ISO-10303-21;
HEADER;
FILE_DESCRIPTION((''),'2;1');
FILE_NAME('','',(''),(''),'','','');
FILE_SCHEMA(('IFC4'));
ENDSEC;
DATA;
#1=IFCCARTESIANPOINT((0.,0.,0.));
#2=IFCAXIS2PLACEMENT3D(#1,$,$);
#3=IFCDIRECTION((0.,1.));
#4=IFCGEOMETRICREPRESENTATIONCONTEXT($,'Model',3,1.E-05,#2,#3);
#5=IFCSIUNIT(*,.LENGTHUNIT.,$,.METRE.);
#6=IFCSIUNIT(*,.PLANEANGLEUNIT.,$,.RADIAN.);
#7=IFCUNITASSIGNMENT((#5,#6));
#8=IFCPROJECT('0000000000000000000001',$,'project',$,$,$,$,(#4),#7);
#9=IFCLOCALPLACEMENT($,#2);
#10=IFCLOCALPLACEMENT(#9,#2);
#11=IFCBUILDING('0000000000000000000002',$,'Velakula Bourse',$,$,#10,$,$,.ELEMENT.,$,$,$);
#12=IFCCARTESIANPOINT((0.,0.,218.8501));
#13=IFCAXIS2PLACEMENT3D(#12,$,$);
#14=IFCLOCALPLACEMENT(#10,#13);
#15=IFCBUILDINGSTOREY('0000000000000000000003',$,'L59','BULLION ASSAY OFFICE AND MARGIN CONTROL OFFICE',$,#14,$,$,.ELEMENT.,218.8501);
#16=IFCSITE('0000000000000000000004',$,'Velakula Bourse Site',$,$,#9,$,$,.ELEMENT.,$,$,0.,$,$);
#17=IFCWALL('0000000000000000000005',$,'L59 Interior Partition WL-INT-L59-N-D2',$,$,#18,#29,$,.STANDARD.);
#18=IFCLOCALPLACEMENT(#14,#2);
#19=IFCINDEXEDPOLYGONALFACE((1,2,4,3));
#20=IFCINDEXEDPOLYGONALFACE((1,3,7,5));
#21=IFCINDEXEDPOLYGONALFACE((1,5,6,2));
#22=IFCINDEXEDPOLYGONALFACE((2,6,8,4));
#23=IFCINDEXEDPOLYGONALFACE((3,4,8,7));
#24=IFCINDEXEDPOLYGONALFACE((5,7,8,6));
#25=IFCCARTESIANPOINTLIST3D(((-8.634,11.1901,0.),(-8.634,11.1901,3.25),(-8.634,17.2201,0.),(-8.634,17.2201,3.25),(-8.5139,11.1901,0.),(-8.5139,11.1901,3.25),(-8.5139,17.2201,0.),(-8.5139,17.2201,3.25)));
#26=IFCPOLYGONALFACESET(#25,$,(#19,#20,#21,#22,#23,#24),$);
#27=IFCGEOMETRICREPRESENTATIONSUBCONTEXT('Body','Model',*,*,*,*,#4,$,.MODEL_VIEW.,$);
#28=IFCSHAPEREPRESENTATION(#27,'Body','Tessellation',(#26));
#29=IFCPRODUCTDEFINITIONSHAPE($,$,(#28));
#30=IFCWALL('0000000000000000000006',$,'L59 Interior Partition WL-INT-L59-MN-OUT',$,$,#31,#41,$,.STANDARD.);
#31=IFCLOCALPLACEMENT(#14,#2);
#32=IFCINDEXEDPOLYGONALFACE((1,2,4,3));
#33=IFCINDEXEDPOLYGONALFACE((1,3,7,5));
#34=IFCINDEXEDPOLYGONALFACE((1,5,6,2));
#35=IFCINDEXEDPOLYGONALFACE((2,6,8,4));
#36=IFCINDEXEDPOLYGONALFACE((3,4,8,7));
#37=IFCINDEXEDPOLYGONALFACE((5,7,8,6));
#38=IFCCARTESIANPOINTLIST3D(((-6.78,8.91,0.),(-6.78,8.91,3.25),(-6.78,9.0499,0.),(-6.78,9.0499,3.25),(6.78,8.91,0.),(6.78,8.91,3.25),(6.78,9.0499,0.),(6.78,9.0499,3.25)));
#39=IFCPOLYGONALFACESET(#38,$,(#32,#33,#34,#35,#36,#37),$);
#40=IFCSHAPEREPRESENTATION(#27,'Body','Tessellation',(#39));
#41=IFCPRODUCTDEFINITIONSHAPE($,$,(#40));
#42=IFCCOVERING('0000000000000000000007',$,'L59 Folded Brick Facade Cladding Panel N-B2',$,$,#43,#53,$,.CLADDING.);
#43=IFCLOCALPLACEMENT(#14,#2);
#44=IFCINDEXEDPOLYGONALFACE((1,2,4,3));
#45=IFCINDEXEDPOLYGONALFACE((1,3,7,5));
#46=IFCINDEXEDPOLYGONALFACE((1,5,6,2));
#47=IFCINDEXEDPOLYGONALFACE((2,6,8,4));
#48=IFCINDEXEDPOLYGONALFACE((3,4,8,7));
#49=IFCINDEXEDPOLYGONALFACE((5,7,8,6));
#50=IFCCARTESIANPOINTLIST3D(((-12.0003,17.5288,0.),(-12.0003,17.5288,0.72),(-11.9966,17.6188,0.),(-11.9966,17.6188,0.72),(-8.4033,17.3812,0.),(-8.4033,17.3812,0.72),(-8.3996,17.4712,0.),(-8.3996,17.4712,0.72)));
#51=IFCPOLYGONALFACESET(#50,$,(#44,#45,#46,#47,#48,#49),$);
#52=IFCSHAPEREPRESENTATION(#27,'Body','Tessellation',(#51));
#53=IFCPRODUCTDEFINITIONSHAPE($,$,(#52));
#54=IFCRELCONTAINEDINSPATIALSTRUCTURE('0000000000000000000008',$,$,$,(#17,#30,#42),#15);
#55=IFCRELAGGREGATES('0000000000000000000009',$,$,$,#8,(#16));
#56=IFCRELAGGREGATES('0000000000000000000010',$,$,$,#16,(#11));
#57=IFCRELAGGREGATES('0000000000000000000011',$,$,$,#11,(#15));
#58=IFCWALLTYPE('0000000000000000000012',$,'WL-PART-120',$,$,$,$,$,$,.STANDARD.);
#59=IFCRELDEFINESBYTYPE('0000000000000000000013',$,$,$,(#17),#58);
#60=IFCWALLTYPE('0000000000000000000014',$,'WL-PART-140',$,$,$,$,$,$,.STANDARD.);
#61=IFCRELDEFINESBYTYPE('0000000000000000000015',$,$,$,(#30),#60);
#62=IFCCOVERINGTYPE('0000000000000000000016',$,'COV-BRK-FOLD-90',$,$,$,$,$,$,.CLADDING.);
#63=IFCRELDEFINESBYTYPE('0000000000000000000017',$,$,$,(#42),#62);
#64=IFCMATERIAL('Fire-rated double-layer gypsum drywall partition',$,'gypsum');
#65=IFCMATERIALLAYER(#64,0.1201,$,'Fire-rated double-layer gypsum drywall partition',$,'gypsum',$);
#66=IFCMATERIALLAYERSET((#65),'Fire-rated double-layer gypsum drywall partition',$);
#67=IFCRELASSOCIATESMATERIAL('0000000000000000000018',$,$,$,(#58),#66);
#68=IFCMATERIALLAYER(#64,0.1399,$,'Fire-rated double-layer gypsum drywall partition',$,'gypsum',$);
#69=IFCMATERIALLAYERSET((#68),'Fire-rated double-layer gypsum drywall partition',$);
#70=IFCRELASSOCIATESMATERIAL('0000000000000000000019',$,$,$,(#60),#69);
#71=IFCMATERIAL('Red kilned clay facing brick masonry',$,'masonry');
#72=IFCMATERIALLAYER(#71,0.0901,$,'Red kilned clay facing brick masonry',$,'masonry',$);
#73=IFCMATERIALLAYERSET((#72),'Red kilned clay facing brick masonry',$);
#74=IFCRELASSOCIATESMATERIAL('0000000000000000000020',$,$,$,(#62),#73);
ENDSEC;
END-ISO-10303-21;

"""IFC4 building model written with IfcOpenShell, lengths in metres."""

from ifc_helpers import new_model, si_unit, direction, frame, frame_2d, origin, origin_2d, place, context, subcontext, project, spatial, rectangle, extrude, material, layer, layer_set, type_object, element, save


model = new_model("IFC4")

# Units and contexts
model_context = context("Model", 3, precision=1e-05, world=origin(), true_north=direction((0.0, 1.0)))
body_context = subcontext(model_context, "Body", "Model", "MODEL_VIEW")
ifc_project = project(units=[si_unit("LENGTHUNIT", "METRE"), si_unit("PLANEANGLEUNIT", "RADIAN")], contexts=[model_context])

# Site, building, storey
site_placement = place(None, origin())
site = spatial("IfcSite", under=ifc_project, at=site_placement, Name="Velakula Bourse Site", CompositionType="ELEMENT", RefElevation=0.0)
building_placement = place(site_placement, origin())
building = spatial("IfcBuilding", under=site, at=building_placement, Name="Velakula Bourse", CompositionType="ELEMENT")
storey_placement = place(building_placement, frame((0.0, 0.0, 218.8501)))
storey = spatial("IfcBuildingStorey", under=building, at=storey_placement, Name="L59", Description="BULLION ASSAY OFFICE AND MARGIN CONTROL OFFICE", CompositionType="ELEMENT", Elevation=218.8501)

# Walls
ifc_material_1 = material(Name="Fire-rated double-layer gypsum drywall partition", Category="gypsum")
ifc_layer_1 = layer(ifc_material_1, 0.1201, Name="Fire-rated double-layer gypsum drywall partition", Category="gypsum")
ifc_layer_set_1 = layer_set([ifc_layer_1], Name="Fire-rated double-layer gypsum drywall partition")
wall_type_1 = type_object("IfcWallType", Name="WL-PART-120", PredefinedType="STANDARD", material=ifc_layer_set_1)
wall_1_placement = place(storey_placement, frame((-8.574, 11.1899, 0.0), z_axis=(0.0, 0.0, 1.0), x_axis=(0.0, 1.0, 0.0)))
element("IfcWall", 1, at=wall_1_placement, inside=storey, type_object=wall_type_1, Name="L59 Interior Partition WL-INT-L59-N-D2", PredefinedType="STANDARD", context=body_context, shape_type="SweptSolid", body=[
    extrude(rectangle(XDim=6.03, YDim=0.1201, at=frame_2d((3.0151, 0.0))), origin(), (0.0, 0.0, 1.0), 3.25),
])
ifc_layer_2 = layer(ifc_material_1, 0.1399, Name="Fire-rated double-layer gypsum drywall partition", Category="gypsum")
ifc_layer_set_2 = layer_set([ifc_layer_2], Name="Fire-rated double-layer gypsum drywall partition")
wall_type_2 = type_object("IfcWallType", Name="WL-PART-140", PredefinedType="STANDARD", material=ifc_layer_set_2)
wall_2_placement = place(storey_placement, frame((-6.78, 8.98, 0.0), z_axis=(0.0, 0.0, 1.0), x_axis=(1.0, 0.0, 0.0)))
element("IfcWall", 2, at=wall_2_placement, inside=storey, type_object=wall_type_2, Name="L59 Interior Partition WL-INT-L59-MN-OUT", PredefinedType="STANDARD", context=body_context, shape_type="SweptSolid", body=[
    extrude(rectangle(XDim=13.5601, YDim=0.1399, at=frame_2d((6.78, 0.0))), origin(), (0.0, 0.0, 1.0), 3.25),
])

# Covering
ifc_material_2 = material(Name="Red kilned clay facing brick masonry", Category="masonry")
ifc_layer_3 = layer(ifc_material_2, 0.0901, Name="Red kilned clay facing brick masonry", Category="masonry")
ifc_layer_set_3 = layer_set([ifc_layer_3], Name="Red kilned clay facing brick masonry")
covering_type = type_object("IfcCoveringType", Name="COV-BRK-FOLD-90", PredefinedType="CLADDING", material=ifc_layer_set_3)
covering_placement = place(storey_placement, frame((-10.2, 17.5, 0.0), z_axis=(0.0, 0.0, 1.0), x_axis=(0.999159, -0.041004, 0.0)))
element("IfcCovering", 3, at=covering_placement, inside=storey, type_object=covering_type, Name="L59 Folded Brick Facade Cladding Panel N-B2", PredefinedType="CLADDING", context=body_context, shape_type="SweptSolid", body=[
    extrude(rectangle(XDim=3.6001, YDim=0.0901, at=origin_2d()), origin(), (0.0, 0.0, 1.0), 0.72),
])

save(model, "model.ifc")
